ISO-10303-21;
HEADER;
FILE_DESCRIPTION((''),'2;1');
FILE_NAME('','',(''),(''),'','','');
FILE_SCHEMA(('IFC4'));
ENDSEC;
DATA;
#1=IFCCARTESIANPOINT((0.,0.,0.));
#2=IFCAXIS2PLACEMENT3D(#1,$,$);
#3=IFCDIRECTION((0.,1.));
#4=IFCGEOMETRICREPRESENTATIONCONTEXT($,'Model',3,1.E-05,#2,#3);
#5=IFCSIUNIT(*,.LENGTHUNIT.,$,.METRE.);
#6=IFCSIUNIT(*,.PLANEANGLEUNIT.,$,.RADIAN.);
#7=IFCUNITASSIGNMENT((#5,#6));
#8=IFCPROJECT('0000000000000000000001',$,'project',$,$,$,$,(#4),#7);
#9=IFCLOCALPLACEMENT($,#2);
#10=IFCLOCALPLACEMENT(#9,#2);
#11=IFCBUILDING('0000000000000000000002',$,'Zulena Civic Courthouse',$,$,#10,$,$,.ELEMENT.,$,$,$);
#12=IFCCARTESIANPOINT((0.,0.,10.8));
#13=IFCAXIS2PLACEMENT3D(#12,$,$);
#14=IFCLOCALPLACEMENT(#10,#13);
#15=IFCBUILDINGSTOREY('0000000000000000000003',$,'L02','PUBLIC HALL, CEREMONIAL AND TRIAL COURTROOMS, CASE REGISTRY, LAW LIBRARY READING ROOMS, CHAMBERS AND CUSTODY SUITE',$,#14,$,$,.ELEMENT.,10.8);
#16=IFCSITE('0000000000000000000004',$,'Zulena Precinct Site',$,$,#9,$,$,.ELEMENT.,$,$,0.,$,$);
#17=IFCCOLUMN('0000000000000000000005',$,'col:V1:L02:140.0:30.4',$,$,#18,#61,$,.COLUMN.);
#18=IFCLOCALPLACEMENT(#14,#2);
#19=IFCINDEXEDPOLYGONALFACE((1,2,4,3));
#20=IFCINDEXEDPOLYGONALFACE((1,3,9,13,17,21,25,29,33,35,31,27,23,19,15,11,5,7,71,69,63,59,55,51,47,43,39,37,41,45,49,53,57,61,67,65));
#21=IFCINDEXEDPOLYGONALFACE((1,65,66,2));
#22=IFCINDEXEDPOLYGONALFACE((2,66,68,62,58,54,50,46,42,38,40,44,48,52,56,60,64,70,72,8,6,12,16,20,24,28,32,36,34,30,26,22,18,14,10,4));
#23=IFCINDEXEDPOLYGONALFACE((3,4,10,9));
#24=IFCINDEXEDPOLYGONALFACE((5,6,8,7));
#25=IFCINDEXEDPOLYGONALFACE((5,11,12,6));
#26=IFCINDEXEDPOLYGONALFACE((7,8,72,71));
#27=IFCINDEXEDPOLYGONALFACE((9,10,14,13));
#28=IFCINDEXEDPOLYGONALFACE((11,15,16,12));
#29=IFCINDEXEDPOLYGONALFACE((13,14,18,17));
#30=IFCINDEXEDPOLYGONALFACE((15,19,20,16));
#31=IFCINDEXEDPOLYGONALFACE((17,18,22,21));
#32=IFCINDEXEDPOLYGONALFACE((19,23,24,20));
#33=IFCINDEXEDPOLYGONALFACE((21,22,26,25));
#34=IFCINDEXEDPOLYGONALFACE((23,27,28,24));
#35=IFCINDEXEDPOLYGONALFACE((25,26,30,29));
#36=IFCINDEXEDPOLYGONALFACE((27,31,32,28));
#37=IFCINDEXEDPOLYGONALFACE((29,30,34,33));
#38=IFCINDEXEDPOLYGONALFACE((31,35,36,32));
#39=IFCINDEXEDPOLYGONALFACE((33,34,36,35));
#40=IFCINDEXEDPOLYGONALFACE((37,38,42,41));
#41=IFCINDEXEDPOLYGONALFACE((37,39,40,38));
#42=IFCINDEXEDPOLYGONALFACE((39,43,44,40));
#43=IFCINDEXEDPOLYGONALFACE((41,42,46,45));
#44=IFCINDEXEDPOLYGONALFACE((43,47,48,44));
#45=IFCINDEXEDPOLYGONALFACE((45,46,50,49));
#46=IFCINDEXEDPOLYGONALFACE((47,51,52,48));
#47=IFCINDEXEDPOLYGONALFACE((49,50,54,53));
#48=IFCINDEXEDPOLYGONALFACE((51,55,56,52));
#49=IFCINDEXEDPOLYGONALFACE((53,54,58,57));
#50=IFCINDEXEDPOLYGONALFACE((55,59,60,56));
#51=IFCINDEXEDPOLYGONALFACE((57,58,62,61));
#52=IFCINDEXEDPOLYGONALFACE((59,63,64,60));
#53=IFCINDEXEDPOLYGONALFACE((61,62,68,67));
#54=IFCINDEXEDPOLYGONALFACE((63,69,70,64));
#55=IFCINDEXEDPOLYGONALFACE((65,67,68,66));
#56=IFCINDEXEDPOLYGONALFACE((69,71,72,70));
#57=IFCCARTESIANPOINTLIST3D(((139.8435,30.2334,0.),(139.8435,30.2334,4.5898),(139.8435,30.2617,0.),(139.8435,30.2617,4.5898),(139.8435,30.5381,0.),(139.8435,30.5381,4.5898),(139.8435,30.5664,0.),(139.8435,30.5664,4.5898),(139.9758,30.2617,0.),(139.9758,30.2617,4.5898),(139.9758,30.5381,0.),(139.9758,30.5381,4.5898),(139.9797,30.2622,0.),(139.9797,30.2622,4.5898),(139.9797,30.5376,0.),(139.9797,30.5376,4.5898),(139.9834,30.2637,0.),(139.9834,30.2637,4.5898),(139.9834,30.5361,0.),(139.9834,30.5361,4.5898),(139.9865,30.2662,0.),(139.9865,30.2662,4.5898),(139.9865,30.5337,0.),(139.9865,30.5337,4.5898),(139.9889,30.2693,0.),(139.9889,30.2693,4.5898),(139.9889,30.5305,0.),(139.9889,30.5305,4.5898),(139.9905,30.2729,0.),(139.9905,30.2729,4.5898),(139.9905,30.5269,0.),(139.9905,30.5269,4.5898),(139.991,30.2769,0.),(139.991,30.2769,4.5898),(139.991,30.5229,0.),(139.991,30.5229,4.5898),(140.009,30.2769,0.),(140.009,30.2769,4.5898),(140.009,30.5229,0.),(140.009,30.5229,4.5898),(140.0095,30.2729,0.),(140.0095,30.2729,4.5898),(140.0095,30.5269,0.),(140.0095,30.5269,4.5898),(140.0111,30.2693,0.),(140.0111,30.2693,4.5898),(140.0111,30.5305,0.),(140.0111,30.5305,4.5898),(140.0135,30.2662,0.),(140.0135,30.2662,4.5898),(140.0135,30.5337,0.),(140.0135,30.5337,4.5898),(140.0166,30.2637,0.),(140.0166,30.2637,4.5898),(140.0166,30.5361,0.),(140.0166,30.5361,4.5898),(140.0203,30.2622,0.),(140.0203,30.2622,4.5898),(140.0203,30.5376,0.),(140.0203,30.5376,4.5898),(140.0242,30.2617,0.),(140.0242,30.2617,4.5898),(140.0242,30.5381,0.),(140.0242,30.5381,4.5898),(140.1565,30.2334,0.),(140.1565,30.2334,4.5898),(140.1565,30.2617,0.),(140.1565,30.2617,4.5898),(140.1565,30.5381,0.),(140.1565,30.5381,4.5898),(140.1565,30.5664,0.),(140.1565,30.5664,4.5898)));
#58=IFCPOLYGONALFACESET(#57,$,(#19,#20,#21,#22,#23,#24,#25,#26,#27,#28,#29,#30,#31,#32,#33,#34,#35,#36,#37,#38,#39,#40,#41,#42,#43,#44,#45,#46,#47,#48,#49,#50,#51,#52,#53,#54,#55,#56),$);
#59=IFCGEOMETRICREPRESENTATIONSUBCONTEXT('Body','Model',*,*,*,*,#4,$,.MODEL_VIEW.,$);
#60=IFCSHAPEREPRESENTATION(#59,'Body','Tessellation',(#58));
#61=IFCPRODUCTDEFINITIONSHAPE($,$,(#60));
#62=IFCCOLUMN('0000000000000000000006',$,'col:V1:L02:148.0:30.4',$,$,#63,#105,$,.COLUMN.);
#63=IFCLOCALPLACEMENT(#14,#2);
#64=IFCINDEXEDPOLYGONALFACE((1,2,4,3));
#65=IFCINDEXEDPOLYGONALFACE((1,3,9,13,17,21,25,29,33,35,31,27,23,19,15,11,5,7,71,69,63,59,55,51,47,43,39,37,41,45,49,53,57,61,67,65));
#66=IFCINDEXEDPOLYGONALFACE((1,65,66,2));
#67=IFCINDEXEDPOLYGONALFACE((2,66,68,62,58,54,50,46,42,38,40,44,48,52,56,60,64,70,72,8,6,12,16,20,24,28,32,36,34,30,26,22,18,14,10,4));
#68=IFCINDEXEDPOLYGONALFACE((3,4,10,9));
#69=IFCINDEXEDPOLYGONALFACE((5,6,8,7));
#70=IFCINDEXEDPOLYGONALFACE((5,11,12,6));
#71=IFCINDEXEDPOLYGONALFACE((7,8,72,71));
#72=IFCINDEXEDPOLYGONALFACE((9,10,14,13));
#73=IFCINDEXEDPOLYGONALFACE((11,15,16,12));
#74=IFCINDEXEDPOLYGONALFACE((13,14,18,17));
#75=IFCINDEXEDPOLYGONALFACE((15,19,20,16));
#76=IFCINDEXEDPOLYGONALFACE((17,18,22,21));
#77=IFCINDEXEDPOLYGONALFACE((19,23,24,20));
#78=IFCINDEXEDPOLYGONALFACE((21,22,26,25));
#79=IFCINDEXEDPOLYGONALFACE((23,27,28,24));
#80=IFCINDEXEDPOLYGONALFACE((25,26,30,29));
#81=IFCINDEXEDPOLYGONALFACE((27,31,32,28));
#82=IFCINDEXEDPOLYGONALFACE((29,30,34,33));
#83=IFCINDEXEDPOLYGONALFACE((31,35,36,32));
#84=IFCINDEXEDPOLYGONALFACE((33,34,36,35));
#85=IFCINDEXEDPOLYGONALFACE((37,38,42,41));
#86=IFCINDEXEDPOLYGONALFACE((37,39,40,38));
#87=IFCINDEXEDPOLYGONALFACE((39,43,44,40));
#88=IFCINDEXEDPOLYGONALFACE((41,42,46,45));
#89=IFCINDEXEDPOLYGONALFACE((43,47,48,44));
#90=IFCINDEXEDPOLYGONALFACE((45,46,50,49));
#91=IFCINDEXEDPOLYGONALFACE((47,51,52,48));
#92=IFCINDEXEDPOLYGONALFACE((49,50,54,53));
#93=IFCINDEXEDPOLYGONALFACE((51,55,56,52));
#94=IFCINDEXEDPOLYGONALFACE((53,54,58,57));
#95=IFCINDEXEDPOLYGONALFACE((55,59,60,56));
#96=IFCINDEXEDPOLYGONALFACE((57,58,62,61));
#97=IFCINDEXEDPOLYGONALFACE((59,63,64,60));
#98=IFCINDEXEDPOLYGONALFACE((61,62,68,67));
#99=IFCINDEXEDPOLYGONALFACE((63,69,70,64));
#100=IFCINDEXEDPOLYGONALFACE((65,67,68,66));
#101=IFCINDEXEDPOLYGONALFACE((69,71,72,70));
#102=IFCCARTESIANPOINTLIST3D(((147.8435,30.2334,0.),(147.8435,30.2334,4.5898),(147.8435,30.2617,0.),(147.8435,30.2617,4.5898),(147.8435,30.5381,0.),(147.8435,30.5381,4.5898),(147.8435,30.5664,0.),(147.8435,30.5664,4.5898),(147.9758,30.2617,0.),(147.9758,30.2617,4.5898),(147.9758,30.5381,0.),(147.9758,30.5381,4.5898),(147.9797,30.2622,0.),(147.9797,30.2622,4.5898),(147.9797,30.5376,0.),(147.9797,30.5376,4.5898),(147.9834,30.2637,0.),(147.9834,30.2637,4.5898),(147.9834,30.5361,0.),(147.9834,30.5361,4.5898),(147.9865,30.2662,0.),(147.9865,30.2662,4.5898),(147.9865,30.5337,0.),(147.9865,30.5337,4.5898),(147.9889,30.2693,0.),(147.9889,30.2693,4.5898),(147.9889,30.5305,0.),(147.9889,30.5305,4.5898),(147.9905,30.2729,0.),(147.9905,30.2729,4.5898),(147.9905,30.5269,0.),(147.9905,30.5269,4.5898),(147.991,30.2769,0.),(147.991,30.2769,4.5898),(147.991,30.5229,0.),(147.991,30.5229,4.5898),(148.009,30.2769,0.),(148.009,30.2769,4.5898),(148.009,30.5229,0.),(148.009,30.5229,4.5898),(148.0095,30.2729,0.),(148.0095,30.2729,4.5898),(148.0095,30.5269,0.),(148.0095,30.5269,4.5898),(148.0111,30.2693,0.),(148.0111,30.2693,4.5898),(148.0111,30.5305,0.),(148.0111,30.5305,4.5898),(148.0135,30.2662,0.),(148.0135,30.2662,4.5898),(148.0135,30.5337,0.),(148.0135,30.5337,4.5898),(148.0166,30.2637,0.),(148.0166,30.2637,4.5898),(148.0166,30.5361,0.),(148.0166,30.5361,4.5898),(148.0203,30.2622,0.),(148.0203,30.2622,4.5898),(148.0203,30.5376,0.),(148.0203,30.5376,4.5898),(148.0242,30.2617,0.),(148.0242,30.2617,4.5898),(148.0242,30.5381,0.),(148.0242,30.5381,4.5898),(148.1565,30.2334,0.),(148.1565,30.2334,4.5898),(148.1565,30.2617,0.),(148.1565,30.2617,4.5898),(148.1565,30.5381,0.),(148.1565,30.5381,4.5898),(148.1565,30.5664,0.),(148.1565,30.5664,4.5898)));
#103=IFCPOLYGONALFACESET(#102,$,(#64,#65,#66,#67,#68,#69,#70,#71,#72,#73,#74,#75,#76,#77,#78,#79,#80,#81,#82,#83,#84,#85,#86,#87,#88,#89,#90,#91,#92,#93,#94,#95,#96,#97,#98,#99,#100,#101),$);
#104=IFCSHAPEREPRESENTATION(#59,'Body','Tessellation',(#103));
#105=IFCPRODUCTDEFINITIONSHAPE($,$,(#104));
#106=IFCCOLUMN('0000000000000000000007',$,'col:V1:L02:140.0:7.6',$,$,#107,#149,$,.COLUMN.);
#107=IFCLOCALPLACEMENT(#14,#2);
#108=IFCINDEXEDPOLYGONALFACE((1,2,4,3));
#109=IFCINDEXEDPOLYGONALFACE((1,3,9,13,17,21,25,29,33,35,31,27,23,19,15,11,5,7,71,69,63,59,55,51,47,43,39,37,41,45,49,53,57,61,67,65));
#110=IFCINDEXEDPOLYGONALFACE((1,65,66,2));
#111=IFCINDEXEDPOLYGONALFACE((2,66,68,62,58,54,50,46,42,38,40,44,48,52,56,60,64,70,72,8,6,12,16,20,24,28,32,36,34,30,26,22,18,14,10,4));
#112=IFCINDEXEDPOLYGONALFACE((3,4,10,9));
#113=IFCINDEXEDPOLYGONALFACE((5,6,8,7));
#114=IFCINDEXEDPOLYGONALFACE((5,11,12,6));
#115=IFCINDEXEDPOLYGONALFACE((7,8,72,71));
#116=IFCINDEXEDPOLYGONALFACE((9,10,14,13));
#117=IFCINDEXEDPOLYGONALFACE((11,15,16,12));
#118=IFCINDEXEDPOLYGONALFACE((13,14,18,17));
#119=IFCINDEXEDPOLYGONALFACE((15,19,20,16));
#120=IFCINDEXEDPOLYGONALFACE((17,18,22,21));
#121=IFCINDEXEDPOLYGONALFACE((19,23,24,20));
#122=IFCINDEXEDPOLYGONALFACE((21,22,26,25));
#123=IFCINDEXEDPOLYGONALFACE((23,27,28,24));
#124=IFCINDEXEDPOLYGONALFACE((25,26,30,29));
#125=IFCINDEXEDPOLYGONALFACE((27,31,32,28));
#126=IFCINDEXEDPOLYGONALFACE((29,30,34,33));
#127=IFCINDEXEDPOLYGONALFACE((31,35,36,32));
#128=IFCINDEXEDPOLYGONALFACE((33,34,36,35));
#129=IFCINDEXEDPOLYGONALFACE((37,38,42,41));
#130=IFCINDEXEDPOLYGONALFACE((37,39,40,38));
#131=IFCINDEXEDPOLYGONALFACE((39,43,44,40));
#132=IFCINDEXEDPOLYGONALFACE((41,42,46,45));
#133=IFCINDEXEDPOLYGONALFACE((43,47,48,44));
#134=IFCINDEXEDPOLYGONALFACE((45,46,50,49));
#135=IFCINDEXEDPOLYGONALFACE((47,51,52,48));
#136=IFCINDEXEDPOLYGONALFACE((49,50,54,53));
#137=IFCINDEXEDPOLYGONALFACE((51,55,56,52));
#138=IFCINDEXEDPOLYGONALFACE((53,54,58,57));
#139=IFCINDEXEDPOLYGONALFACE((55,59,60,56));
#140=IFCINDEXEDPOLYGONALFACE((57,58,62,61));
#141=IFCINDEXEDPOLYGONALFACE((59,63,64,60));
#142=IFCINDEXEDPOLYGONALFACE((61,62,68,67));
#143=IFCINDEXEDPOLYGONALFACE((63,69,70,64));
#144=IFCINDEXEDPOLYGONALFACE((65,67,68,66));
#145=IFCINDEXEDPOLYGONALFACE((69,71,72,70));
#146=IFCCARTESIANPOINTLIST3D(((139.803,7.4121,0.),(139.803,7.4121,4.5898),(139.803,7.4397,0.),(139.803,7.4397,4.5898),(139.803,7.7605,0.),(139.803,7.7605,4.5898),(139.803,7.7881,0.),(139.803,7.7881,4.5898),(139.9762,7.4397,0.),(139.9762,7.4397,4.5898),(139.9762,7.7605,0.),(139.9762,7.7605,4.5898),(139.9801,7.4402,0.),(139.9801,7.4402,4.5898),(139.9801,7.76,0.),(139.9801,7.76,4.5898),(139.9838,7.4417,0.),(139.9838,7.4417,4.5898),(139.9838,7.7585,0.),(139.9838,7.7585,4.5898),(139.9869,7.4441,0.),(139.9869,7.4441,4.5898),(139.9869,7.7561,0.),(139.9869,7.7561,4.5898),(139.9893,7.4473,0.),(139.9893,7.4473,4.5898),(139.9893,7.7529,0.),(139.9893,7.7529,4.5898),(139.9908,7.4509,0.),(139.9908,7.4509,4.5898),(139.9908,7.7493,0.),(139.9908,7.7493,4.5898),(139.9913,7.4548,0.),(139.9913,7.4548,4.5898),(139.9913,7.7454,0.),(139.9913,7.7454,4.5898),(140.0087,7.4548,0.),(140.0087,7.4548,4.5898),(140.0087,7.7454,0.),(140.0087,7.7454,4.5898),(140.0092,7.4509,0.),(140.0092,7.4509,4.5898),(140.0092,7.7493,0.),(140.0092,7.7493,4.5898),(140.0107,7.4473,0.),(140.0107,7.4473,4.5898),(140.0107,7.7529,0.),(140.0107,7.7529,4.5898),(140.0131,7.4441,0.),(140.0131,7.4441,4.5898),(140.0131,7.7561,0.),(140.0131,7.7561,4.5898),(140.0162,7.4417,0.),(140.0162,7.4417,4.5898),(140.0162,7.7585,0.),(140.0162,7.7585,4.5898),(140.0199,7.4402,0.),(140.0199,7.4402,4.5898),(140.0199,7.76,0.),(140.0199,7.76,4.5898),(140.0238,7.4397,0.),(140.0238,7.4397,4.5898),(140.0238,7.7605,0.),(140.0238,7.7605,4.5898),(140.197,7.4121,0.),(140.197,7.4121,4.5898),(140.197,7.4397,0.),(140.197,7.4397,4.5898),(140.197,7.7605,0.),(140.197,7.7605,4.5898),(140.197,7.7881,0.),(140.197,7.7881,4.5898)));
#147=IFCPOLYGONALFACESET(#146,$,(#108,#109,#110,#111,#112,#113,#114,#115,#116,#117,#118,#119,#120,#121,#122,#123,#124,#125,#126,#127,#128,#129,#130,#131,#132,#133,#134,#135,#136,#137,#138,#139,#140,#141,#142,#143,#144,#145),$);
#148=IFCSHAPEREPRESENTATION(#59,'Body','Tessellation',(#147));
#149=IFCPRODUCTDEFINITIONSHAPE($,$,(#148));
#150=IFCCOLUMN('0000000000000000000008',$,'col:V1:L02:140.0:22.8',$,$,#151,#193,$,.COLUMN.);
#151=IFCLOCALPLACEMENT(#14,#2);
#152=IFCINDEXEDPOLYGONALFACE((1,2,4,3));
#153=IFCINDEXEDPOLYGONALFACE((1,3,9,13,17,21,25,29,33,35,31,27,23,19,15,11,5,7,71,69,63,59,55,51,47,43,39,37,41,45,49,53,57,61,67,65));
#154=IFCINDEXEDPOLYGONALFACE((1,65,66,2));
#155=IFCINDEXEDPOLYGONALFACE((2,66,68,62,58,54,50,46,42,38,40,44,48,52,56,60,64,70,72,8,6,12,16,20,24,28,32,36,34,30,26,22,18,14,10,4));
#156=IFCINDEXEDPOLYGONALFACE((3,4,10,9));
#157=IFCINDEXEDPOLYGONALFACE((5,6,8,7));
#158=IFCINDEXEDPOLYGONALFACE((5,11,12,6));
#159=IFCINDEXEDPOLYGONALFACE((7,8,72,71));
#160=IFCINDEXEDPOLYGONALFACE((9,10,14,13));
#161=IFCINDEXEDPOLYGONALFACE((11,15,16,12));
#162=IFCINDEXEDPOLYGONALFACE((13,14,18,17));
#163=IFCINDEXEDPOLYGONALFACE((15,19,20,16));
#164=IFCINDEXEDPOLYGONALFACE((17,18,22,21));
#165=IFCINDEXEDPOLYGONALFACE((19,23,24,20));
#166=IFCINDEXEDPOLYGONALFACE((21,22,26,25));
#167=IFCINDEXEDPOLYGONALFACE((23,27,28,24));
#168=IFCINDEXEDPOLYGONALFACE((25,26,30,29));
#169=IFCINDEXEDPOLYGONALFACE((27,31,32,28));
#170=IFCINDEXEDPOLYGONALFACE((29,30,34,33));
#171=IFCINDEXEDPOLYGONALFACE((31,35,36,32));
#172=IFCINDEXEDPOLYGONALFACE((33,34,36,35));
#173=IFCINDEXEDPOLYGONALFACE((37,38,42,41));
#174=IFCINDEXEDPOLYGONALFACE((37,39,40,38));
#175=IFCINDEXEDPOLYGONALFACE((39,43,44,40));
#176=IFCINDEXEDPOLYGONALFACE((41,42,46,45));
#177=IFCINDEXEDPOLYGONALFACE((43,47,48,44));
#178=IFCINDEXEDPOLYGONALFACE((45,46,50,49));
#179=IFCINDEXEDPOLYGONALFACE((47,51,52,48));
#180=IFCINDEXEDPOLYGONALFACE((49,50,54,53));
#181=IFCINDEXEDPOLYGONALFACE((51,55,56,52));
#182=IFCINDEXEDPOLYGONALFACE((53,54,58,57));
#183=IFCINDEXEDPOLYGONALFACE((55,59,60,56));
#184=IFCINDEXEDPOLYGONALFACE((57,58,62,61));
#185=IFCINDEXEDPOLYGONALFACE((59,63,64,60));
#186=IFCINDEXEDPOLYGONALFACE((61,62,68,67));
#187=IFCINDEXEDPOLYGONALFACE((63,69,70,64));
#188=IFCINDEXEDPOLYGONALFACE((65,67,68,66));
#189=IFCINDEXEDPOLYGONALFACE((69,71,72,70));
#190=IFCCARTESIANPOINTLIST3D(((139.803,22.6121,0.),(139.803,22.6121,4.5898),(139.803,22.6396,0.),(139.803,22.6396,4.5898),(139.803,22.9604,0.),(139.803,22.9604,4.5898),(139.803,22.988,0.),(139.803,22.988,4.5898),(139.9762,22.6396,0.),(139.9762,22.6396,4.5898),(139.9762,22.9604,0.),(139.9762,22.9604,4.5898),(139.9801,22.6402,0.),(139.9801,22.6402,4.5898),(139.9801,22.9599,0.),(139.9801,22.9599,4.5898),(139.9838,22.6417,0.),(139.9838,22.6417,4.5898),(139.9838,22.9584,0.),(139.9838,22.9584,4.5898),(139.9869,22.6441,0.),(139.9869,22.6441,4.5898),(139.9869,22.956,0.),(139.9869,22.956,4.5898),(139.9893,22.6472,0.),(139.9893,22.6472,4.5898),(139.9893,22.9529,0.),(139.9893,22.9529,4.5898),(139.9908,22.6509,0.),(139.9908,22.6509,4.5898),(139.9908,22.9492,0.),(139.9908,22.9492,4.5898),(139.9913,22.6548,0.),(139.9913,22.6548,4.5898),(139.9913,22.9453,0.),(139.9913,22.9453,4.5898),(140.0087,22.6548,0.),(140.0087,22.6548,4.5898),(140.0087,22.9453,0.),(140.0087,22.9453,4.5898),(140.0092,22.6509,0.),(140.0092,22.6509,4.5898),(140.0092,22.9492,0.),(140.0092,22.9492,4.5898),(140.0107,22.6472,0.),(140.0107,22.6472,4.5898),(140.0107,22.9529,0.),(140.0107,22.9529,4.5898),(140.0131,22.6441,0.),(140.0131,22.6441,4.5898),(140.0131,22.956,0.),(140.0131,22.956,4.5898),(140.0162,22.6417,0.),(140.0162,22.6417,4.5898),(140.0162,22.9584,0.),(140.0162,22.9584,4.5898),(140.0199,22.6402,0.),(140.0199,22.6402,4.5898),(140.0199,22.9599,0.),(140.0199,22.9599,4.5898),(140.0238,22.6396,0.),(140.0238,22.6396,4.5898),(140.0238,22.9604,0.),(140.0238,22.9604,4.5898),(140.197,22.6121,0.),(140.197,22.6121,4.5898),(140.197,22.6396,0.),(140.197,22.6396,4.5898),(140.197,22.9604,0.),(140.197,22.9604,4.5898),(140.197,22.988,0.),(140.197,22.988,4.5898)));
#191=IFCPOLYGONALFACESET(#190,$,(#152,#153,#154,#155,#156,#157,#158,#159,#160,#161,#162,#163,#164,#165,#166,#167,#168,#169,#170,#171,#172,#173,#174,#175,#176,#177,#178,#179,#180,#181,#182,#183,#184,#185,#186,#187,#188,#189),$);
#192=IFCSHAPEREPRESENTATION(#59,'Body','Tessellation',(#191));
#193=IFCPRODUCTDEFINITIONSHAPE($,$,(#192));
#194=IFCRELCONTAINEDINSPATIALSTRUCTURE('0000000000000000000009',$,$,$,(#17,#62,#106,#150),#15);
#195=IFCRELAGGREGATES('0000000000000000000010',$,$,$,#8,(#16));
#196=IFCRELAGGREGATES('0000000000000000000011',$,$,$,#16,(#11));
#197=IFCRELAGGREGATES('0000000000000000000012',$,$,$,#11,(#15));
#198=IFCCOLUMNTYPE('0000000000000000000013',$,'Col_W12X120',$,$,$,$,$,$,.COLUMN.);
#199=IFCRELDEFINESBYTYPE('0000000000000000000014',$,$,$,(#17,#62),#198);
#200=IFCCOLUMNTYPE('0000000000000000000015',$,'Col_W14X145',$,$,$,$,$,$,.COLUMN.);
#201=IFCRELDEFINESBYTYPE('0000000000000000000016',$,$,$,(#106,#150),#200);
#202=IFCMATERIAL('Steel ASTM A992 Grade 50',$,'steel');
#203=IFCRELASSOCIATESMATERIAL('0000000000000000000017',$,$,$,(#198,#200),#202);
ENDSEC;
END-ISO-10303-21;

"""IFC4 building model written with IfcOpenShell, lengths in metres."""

from ifc_helpers import new_model, si_unit, direction, frame, origin, origin_2d, place, context, subcontext, project, spatial, i_section, extrude, material, material_profile, profile_set, type_object, element, save


model = new_model("IFC4")

# Units and contexts
model_context = context("Model", 3, precision=1e-05, world=origin(), true_north=direction((0.0, 1.0)))
body_context = subcontext(model_context, "Body", "Model", "MODEL_VIEW")
ifc_project = project(units=[si_unit("LENGTHUNIT", "METRE"), si_unit("PLANEANGLEUNIT", "RADIAN")], contexts=[model_context])

# Site, building, storey
site_placement = place(None, origin())
site = spatial("IfcSite", under=ifc_project, at=site_placement, Name="Zulena Precinct Site", CompositionType="ELEMENT", RefElevation=0.0)
building_placement = place(site_placement, origin())
building = spatial("IfcBuilding", under=site, at=building_placement, Name="Zulena Civic Courthouse", CompositionType="ELEMENT")
storey_placement = place(building_placement, frame((0.0, 0.0, 10.8)))
storey = spatial("IfcBuildingStorey", under=building, at=storey_placement, Name="L02", Description="PUBLIC HALL, CEREMONIAL AND TRIAL COURTROOMS, CASE REGISTRY, LAW LIBRARY READING ROOMS, CHAMBERS AND CUSTODY SUITE", CompositionType="ELEMENT", Elevation=10.8)

# Columns
ifc_material_1 = material(Name="Steel ASTM A992 Grade 50", Category="steel")
ifc_material_profile_1 = material_profile(ifc_material_1, i_section(OverallWidth=0.313, OverallDepth=0.333, WebThickness=0.0181, FlangeThickness=0.0283, FilletRadius=0.0151, at=origin_2d()), Name="W12X120")
ifc_profile_set_1 = profile_set([ifc_material_profile_1], Name="Steel ASTM A992 Grade 50")
column_type_1 = type_object("IfcColumnType", Name="Col_W12X120", PredefinedType="COLUMN", material=ifc_profile_set_1)
for number, where, z_axis, x_axis, name in (
    (1, (140.0, 30.3999, 0.0), (0.0, 0.0, 1.0), (1.0, 0.0, 0.0), "col:V1:L02:140.0:30.4"),
    (2, (148.0, 30.3999, 0.0), (0.0, 0.0, 1.0), (1.0, 0.0, 0.0), "col:V1:L02:148.0:30.4"),
):
    element("IfcColumn", number, at=place(storey_placement, frame(where, z_axis=z_axis, x_axis=x_axis)), inside=storey, type_object=column_type_1, Name=name, PredefinedType="COLUMN", context=body_context, shape_type="SweptSolid", body=[
        extrude(i_section(OverallWidth=0.313, OverallDepth=0.333, WebThickness=0.0181, FlangeThickness=0.0283, FilletRadius=0.0151, at=origin_2d()), origin(), (0.0, 0.0, 1.0), 4.5898),
    ])
ifc_material_profile_2 = material_profile(ifc_material_1, i_section(OverallWidth=0.394, OverallDepth=0.376, WebThickness=0.0173, FlangeThickness=0.0276, FilletRadius=0.0151, at=origin_2d()), Name="W14X145")
ifc_profile_set_2 = profile_set([ifc_material_profile_2], Name="Steel ASTM A992 Grade 50")
column_type_2 = type_object("IfcColumnType", Name="Col_W14X145", PredefinedType="COLUMN", material=ifc_profile_set_2)
for number, where, z_axis, x_axis, name in (
    (3, (140.0, 7.6001, 0.0), (0.0, 0.0, 1.0), (1.0, 0.0, 0.0), "col:V1:L02:140.0:7.6"),
    (4, (140.0, 22.8, 0.0), (0.0, 0.0, 1.0), (1.0, 0.0, 0.0), "col:V1:L02:140.0:22.8"),
):
    element("IfcColumn", number, at=place(storey_placement, frame(where, z_axis=z_axis, x_axis=x_axis)), inside=storey, type_object=column_type_2, Name=name, PredefinedType="COLUMN", context=body_context, shape_type="SweptSolid", body=[
        extrude(i_section(OverallWidth=0.394, OverallDepth=0.376, WebThickness=0.0173, FlangeThickness=0.0276, FilletRadius=0.0151, at=origin_2d()), origin(), (0.0, 0.0, 1.0), 4.5898),
    ])

save(model, "model.ifc")
